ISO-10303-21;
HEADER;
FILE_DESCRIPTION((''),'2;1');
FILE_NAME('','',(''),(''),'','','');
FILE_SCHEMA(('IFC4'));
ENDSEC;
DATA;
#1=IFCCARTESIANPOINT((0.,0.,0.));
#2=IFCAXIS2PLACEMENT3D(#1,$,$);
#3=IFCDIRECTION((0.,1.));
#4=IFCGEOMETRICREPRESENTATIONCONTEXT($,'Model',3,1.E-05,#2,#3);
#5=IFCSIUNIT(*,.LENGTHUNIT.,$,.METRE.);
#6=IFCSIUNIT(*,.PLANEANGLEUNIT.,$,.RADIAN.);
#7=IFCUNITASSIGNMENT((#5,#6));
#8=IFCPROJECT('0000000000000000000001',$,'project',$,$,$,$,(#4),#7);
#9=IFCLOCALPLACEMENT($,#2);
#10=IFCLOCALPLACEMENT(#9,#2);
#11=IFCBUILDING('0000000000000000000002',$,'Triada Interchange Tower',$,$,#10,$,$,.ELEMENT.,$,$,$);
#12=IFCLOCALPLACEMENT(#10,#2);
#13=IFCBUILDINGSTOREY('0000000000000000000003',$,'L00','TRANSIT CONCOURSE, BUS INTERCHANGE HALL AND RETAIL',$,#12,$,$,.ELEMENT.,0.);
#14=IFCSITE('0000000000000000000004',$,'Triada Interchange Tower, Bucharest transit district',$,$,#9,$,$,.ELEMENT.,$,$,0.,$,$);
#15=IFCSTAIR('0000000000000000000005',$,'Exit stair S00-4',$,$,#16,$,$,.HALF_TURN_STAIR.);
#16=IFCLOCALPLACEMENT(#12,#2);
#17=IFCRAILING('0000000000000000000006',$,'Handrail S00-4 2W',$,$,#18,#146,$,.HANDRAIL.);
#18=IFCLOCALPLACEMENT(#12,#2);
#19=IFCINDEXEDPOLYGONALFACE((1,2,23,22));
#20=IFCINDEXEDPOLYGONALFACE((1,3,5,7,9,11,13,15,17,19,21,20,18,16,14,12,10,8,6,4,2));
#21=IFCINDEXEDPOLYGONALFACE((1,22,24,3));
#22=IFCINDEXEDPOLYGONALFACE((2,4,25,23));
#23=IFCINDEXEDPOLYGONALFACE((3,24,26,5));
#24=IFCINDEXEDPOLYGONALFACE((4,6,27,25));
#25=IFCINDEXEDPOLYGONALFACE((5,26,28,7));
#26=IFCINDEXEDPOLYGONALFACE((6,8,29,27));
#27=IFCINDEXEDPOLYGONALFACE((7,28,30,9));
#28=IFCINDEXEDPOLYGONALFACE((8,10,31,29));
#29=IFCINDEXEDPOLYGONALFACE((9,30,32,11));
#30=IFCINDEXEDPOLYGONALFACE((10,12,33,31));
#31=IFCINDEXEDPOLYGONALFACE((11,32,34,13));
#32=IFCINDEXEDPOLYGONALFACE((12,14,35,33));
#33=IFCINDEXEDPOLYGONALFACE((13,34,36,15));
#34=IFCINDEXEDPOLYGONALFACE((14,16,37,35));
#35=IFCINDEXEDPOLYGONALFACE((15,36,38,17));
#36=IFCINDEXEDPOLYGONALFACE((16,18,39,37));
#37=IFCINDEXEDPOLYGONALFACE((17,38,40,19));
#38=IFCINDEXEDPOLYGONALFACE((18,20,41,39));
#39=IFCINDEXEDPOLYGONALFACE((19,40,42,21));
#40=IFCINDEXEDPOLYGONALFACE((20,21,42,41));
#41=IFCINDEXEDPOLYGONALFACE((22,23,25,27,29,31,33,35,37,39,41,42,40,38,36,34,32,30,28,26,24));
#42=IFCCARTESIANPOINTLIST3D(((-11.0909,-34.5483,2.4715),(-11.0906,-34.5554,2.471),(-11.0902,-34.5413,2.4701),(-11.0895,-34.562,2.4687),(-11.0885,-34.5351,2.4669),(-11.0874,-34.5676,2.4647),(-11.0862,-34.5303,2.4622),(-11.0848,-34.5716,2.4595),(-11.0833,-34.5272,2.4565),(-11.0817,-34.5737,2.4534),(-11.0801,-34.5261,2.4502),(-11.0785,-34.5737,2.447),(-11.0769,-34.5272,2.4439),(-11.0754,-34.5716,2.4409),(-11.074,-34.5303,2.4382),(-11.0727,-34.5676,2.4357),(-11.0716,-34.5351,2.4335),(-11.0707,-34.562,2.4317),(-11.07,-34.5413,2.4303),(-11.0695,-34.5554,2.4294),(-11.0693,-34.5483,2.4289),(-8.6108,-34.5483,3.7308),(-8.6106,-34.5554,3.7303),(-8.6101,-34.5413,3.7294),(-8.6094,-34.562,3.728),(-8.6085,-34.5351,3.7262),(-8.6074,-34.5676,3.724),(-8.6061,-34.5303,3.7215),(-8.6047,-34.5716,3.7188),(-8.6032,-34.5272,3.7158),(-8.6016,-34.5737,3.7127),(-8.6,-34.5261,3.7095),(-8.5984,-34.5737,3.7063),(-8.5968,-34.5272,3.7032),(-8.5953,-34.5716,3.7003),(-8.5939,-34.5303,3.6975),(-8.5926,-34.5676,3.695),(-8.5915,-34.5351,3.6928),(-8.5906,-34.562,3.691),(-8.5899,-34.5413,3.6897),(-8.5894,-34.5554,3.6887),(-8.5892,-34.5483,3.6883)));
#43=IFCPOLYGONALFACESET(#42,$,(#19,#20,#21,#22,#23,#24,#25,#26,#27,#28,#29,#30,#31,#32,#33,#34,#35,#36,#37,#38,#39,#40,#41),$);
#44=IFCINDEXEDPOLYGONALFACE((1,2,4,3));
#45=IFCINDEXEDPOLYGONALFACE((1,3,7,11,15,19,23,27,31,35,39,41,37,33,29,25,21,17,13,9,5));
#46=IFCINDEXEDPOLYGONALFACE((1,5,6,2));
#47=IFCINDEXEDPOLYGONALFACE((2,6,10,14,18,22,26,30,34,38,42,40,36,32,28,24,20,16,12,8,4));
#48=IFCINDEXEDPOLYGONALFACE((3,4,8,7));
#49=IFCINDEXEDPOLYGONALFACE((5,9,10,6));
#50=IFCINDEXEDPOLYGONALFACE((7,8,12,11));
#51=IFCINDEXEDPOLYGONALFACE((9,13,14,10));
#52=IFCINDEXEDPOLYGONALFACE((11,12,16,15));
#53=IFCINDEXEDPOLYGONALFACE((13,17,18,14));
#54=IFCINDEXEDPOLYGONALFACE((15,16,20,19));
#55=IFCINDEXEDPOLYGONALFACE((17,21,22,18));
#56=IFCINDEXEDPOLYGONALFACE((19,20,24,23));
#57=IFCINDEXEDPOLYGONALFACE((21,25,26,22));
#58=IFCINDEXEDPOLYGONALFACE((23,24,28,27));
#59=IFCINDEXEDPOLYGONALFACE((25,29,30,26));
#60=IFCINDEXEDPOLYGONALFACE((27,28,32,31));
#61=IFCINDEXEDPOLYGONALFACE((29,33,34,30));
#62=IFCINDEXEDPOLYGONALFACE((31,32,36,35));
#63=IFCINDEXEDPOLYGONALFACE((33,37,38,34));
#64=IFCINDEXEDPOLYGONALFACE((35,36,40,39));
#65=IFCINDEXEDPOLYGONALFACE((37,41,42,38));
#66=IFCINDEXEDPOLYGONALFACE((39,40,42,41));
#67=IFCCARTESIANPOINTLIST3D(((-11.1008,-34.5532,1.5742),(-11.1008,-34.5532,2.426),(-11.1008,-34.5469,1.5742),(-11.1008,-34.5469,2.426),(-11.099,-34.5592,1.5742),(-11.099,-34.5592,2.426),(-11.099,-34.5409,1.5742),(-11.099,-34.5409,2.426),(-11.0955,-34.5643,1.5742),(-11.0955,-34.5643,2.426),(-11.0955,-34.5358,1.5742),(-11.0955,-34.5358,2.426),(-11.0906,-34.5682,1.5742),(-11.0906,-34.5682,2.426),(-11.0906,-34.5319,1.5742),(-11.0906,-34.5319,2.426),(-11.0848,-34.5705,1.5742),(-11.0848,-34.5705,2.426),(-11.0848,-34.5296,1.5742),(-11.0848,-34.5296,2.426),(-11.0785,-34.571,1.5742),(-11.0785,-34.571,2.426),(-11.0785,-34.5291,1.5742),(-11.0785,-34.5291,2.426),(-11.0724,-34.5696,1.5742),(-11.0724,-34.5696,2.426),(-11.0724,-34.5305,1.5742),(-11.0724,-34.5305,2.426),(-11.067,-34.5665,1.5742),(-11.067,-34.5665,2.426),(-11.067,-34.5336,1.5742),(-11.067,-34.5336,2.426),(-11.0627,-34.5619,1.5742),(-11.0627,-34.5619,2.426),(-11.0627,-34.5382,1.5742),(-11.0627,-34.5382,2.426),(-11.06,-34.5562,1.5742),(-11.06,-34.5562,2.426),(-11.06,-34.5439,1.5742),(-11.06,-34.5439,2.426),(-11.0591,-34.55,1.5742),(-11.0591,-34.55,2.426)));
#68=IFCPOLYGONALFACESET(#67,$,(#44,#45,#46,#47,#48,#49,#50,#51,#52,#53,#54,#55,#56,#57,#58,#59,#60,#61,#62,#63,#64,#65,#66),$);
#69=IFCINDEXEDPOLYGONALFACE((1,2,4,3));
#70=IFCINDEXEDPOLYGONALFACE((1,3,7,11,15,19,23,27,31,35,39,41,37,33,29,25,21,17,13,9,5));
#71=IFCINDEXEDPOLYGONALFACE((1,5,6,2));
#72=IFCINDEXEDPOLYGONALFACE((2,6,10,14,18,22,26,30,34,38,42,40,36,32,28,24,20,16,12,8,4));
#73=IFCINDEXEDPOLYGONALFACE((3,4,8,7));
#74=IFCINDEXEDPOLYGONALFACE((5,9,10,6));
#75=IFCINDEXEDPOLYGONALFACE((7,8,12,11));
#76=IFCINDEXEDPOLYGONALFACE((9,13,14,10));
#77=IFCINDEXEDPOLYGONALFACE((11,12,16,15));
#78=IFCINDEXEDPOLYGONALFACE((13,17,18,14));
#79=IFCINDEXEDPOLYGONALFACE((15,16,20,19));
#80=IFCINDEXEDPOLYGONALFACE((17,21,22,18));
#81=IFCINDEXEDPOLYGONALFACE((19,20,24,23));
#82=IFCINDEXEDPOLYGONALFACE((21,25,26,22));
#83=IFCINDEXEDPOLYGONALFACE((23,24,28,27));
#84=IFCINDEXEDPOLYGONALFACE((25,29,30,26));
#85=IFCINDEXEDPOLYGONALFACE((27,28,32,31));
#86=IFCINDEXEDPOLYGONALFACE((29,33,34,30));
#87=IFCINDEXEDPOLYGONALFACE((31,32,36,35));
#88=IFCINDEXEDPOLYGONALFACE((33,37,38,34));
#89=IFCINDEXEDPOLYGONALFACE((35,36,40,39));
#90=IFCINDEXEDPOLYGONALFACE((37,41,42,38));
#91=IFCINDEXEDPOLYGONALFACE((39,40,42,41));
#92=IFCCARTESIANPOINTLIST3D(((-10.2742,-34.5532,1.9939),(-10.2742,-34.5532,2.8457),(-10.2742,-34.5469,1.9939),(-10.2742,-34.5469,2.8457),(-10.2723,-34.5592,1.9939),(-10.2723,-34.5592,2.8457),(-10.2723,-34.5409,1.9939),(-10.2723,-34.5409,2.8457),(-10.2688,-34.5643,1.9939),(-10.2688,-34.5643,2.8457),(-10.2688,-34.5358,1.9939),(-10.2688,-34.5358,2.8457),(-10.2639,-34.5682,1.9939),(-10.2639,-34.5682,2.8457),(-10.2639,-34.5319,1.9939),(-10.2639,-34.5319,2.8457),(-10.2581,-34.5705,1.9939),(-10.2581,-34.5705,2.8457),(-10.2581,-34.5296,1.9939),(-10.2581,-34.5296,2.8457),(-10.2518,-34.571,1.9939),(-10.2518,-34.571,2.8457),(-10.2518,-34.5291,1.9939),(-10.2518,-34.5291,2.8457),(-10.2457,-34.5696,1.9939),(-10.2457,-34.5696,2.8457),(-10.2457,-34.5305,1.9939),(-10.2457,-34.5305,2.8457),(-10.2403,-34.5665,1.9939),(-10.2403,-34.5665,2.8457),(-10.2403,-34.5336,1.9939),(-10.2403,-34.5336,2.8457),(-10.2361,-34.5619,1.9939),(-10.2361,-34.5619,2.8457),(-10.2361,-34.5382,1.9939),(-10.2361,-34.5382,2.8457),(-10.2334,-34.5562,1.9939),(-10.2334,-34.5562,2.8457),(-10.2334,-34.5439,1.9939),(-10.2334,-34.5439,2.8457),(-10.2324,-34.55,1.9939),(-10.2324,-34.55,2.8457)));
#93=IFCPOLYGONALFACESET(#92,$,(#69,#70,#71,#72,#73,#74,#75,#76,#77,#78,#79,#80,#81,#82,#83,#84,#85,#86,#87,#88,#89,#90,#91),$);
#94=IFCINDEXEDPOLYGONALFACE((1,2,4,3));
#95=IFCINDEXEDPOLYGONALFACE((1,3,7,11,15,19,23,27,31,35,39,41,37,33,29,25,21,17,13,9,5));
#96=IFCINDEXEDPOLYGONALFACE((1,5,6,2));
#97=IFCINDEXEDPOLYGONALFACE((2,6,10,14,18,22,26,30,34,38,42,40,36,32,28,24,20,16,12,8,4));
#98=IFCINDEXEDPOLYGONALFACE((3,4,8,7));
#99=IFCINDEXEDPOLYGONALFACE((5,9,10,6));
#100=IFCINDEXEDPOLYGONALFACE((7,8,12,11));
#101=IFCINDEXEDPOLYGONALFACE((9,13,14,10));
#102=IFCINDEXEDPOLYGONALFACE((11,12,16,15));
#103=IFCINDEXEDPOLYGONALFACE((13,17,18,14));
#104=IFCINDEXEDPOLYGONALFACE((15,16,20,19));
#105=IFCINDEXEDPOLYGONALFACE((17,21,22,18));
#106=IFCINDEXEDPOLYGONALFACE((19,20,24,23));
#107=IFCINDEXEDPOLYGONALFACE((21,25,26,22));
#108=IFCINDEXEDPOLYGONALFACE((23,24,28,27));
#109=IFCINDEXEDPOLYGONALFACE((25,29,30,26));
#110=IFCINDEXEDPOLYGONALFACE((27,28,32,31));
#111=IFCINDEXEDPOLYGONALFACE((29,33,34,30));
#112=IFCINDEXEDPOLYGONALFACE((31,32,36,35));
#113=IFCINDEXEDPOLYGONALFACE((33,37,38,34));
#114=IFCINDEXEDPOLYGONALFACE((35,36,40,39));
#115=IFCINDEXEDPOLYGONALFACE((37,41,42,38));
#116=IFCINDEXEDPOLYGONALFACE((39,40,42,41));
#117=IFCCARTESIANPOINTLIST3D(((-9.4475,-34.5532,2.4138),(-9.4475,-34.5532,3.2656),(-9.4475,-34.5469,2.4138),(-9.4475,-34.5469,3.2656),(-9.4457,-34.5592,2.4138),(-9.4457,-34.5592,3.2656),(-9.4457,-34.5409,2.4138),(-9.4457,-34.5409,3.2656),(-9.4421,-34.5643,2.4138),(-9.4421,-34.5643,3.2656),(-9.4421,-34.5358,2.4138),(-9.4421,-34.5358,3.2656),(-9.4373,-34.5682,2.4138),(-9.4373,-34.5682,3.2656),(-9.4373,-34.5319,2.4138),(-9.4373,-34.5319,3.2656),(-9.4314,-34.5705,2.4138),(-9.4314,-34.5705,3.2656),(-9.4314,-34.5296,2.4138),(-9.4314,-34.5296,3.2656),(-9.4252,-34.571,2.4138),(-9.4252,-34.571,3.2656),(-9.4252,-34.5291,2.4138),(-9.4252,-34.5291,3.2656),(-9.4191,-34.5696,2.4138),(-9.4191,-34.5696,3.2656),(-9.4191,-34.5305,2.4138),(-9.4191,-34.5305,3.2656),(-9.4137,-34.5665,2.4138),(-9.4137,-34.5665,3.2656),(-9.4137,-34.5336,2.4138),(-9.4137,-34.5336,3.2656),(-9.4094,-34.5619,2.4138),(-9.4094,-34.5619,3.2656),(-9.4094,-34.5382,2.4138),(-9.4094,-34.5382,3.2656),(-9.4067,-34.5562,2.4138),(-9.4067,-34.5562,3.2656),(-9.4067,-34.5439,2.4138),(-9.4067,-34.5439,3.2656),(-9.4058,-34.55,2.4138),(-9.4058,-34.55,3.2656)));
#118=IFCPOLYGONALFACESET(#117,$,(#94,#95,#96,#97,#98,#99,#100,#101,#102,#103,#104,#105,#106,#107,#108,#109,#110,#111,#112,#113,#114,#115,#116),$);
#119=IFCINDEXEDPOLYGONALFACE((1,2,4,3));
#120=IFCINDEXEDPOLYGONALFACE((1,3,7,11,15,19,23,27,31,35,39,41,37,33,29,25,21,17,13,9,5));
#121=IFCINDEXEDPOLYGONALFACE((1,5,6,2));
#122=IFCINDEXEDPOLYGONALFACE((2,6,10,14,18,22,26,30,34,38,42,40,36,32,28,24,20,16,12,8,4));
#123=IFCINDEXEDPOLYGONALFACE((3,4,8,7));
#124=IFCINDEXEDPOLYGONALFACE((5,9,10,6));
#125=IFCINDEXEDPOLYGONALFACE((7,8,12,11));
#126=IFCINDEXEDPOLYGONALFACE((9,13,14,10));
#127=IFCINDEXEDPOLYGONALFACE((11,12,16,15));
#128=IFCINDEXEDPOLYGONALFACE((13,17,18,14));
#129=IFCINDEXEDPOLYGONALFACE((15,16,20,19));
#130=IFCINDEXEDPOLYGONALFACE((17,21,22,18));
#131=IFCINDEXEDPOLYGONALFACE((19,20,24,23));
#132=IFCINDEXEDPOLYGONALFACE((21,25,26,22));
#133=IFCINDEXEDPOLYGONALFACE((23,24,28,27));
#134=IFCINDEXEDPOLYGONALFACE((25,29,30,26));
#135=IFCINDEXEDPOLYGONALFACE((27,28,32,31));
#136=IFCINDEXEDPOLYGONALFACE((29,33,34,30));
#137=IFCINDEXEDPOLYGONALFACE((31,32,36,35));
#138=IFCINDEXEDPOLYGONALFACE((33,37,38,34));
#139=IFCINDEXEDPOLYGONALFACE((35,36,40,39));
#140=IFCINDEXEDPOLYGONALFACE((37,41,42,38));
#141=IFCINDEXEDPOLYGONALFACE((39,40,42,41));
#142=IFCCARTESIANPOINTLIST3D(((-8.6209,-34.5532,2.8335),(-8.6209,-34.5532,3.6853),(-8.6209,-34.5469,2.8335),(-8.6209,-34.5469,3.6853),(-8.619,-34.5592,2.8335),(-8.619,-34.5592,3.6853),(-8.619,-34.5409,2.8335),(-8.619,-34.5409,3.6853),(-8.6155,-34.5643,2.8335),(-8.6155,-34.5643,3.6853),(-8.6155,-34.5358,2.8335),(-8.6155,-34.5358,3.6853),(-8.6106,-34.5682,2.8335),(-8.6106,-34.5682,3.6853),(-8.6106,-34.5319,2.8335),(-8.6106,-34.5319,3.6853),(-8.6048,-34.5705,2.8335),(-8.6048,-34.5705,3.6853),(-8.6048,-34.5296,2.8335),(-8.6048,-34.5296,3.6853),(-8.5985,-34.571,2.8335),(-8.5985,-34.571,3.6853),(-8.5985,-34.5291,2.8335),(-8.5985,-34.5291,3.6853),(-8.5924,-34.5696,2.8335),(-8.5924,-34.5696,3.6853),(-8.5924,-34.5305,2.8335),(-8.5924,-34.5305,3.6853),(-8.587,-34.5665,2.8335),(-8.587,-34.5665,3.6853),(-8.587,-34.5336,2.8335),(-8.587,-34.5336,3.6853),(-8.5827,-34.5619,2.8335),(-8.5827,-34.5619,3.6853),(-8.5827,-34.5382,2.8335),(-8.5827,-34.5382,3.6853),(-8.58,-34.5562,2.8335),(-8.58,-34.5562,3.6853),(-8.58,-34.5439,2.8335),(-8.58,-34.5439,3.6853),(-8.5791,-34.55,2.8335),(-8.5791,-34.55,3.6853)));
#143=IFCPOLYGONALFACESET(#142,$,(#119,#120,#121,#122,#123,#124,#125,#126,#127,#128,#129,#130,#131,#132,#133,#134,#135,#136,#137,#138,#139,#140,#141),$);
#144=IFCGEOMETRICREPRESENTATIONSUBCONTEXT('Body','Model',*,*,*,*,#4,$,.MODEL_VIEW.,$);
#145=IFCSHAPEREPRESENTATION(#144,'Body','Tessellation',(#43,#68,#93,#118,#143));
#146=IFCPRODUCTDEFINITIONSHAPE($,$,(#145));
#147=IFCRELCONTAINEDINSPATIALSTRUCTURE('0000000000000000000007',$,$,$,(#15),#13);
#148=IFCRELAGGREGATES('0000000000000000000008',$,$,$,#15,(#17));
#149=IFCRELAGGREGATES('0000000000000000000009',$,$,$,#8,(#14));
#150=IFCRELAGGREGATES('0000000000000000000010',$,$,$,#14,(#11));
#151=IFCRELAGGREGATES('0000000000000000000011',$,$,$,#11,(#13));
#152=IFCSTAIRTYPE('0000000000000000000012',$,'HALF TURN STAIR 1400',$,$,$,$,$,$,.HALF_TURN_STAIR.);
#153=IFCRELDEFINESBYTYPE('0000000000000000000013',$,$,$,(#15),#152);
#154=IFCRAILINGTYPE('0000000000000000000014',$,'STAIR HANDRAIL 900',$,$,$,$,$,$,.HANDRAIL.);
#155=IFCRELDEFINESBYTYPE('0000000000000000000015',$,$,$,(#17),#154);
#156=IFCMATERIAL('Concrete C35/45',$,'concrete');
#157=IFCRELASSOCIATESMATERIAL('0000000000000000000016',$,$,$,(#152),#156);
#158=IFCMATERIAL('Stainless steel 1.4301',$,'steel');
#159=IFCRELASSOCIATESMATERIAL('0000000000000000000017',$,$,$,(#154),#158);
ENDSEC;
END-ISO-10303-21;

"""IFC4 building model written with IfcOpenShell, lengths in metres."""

from ifc_helpers import new_model, si_unit, direction, frame, origin, origin_2d, place, context, subcontext, project, spatial, circle, extrude, material, type_object, element, aggregate, save


model = new_model("IFC4")

# Units and contexts
model_context = context("Model", 3, precision=1e-05, world=origin(), true_north=direction((0.0, 1.0)))
body_context = subcontext(model_context, "Body", "Model", "MODEL_VIEW")
ifc_project = project(units=[si_unit("LENGTHUNIT", "METRE"), si_unit("PLANEANGLEUNIT", "RADIAN")], contexts=[model_context])

# Site, building, storey
site_placement = place(None, origin())
site = spatial("IfcSite", under=ifc_project, at=site_placement, Name="Triada Interchange Tower, Bucharest transit district", CompositionType="ELEMENT", RefElevation=0.0)
building_placement = place(site_placement, origin())
building = spatial("IfcBuilding", under=site, at=building_placement, Name="Triada Interchange Tower", CompositionType="ELEMENT")
storey_placement = place(building_placement, origin())
storey = spatial("IfcBuildingStorey", under=building, at=storey_placement, Name="L00", Description="TRANSIT CONCOURSE, BUS INTERCHANGE HALL AND RETAIL", CompositionType="ELEMENT", Elevation=0.0)

# Shared definitions
ifc_material_1 = material(Name="Concrete C35/45", Category="concrete")

# Stair
stair_type = type_object("IfcStairType", Name="HALF TURN STAIR 1400", PredefinedType="HALF_TURN_STAIR", material=ifc_material_1)
stair_1_placement = place(storey_placement, origin())
stair_1 = element("IfcStair", 1, at=stair_1_placement, inside=storey, type_object=stair_type, Name="Exit stair S00-4", PredefinedType="HALF_TURN_STAIR")

# Railing
ifc_material_2 = material(Name="Stainless steel 1.4301", Category="steel")
railing_type_1 = type_object("IfcRailingType", Name="STAIR HANDRAIL 900", PredefinedType="HANDRAIL", material=ifc_material_2)
railing_1_placement = place(storey_placement, frame((-11.0801, -34.55, 1.5742)))
railing_1 = element("IfcRailing", 2, at=railing_1_placement, type_object=railing_type_1, Name="Handrail S00-4 2W", PredefinedType="HANDRAIL", context=body_context, shape_type="SweptSolid", body=[
    extrude(circle(Radius=0.0239, at=origin_2d()), frame((0.0, 0.0, 0.876), z_axis=(0.891636, 0.0, 0.452752), x_axis=(0.0, 1.0, 0.0)), (0.0, 0.0, 1.0), 2.7815),
    extrude(circle(Radius=0.021, at=origin_2d()), origin(), (0.0, 0.0, 1.0), 0.8518),
    extrude(circle(Radius=0.021, at=origin_2d()), frame((0.8267, 0.0, 0.4197)), (0.0, 0.0, 1.0), 0.8518),
    extrude(circle(Radius=0.021, at=origin_2d()), frame((1.6533, 0.0, 0.8396)), (0.0, 0.0, 1.0), 0.8518),
    extrude(circle(Radius=0.021, at=origin_2d()), frame((2.48, 0.0, 1.2593)), (0.0, 0.0, 1.0), 0.8518),
])
aggregate(stair_1, [railing_1])

save(model, "model.ifc")
